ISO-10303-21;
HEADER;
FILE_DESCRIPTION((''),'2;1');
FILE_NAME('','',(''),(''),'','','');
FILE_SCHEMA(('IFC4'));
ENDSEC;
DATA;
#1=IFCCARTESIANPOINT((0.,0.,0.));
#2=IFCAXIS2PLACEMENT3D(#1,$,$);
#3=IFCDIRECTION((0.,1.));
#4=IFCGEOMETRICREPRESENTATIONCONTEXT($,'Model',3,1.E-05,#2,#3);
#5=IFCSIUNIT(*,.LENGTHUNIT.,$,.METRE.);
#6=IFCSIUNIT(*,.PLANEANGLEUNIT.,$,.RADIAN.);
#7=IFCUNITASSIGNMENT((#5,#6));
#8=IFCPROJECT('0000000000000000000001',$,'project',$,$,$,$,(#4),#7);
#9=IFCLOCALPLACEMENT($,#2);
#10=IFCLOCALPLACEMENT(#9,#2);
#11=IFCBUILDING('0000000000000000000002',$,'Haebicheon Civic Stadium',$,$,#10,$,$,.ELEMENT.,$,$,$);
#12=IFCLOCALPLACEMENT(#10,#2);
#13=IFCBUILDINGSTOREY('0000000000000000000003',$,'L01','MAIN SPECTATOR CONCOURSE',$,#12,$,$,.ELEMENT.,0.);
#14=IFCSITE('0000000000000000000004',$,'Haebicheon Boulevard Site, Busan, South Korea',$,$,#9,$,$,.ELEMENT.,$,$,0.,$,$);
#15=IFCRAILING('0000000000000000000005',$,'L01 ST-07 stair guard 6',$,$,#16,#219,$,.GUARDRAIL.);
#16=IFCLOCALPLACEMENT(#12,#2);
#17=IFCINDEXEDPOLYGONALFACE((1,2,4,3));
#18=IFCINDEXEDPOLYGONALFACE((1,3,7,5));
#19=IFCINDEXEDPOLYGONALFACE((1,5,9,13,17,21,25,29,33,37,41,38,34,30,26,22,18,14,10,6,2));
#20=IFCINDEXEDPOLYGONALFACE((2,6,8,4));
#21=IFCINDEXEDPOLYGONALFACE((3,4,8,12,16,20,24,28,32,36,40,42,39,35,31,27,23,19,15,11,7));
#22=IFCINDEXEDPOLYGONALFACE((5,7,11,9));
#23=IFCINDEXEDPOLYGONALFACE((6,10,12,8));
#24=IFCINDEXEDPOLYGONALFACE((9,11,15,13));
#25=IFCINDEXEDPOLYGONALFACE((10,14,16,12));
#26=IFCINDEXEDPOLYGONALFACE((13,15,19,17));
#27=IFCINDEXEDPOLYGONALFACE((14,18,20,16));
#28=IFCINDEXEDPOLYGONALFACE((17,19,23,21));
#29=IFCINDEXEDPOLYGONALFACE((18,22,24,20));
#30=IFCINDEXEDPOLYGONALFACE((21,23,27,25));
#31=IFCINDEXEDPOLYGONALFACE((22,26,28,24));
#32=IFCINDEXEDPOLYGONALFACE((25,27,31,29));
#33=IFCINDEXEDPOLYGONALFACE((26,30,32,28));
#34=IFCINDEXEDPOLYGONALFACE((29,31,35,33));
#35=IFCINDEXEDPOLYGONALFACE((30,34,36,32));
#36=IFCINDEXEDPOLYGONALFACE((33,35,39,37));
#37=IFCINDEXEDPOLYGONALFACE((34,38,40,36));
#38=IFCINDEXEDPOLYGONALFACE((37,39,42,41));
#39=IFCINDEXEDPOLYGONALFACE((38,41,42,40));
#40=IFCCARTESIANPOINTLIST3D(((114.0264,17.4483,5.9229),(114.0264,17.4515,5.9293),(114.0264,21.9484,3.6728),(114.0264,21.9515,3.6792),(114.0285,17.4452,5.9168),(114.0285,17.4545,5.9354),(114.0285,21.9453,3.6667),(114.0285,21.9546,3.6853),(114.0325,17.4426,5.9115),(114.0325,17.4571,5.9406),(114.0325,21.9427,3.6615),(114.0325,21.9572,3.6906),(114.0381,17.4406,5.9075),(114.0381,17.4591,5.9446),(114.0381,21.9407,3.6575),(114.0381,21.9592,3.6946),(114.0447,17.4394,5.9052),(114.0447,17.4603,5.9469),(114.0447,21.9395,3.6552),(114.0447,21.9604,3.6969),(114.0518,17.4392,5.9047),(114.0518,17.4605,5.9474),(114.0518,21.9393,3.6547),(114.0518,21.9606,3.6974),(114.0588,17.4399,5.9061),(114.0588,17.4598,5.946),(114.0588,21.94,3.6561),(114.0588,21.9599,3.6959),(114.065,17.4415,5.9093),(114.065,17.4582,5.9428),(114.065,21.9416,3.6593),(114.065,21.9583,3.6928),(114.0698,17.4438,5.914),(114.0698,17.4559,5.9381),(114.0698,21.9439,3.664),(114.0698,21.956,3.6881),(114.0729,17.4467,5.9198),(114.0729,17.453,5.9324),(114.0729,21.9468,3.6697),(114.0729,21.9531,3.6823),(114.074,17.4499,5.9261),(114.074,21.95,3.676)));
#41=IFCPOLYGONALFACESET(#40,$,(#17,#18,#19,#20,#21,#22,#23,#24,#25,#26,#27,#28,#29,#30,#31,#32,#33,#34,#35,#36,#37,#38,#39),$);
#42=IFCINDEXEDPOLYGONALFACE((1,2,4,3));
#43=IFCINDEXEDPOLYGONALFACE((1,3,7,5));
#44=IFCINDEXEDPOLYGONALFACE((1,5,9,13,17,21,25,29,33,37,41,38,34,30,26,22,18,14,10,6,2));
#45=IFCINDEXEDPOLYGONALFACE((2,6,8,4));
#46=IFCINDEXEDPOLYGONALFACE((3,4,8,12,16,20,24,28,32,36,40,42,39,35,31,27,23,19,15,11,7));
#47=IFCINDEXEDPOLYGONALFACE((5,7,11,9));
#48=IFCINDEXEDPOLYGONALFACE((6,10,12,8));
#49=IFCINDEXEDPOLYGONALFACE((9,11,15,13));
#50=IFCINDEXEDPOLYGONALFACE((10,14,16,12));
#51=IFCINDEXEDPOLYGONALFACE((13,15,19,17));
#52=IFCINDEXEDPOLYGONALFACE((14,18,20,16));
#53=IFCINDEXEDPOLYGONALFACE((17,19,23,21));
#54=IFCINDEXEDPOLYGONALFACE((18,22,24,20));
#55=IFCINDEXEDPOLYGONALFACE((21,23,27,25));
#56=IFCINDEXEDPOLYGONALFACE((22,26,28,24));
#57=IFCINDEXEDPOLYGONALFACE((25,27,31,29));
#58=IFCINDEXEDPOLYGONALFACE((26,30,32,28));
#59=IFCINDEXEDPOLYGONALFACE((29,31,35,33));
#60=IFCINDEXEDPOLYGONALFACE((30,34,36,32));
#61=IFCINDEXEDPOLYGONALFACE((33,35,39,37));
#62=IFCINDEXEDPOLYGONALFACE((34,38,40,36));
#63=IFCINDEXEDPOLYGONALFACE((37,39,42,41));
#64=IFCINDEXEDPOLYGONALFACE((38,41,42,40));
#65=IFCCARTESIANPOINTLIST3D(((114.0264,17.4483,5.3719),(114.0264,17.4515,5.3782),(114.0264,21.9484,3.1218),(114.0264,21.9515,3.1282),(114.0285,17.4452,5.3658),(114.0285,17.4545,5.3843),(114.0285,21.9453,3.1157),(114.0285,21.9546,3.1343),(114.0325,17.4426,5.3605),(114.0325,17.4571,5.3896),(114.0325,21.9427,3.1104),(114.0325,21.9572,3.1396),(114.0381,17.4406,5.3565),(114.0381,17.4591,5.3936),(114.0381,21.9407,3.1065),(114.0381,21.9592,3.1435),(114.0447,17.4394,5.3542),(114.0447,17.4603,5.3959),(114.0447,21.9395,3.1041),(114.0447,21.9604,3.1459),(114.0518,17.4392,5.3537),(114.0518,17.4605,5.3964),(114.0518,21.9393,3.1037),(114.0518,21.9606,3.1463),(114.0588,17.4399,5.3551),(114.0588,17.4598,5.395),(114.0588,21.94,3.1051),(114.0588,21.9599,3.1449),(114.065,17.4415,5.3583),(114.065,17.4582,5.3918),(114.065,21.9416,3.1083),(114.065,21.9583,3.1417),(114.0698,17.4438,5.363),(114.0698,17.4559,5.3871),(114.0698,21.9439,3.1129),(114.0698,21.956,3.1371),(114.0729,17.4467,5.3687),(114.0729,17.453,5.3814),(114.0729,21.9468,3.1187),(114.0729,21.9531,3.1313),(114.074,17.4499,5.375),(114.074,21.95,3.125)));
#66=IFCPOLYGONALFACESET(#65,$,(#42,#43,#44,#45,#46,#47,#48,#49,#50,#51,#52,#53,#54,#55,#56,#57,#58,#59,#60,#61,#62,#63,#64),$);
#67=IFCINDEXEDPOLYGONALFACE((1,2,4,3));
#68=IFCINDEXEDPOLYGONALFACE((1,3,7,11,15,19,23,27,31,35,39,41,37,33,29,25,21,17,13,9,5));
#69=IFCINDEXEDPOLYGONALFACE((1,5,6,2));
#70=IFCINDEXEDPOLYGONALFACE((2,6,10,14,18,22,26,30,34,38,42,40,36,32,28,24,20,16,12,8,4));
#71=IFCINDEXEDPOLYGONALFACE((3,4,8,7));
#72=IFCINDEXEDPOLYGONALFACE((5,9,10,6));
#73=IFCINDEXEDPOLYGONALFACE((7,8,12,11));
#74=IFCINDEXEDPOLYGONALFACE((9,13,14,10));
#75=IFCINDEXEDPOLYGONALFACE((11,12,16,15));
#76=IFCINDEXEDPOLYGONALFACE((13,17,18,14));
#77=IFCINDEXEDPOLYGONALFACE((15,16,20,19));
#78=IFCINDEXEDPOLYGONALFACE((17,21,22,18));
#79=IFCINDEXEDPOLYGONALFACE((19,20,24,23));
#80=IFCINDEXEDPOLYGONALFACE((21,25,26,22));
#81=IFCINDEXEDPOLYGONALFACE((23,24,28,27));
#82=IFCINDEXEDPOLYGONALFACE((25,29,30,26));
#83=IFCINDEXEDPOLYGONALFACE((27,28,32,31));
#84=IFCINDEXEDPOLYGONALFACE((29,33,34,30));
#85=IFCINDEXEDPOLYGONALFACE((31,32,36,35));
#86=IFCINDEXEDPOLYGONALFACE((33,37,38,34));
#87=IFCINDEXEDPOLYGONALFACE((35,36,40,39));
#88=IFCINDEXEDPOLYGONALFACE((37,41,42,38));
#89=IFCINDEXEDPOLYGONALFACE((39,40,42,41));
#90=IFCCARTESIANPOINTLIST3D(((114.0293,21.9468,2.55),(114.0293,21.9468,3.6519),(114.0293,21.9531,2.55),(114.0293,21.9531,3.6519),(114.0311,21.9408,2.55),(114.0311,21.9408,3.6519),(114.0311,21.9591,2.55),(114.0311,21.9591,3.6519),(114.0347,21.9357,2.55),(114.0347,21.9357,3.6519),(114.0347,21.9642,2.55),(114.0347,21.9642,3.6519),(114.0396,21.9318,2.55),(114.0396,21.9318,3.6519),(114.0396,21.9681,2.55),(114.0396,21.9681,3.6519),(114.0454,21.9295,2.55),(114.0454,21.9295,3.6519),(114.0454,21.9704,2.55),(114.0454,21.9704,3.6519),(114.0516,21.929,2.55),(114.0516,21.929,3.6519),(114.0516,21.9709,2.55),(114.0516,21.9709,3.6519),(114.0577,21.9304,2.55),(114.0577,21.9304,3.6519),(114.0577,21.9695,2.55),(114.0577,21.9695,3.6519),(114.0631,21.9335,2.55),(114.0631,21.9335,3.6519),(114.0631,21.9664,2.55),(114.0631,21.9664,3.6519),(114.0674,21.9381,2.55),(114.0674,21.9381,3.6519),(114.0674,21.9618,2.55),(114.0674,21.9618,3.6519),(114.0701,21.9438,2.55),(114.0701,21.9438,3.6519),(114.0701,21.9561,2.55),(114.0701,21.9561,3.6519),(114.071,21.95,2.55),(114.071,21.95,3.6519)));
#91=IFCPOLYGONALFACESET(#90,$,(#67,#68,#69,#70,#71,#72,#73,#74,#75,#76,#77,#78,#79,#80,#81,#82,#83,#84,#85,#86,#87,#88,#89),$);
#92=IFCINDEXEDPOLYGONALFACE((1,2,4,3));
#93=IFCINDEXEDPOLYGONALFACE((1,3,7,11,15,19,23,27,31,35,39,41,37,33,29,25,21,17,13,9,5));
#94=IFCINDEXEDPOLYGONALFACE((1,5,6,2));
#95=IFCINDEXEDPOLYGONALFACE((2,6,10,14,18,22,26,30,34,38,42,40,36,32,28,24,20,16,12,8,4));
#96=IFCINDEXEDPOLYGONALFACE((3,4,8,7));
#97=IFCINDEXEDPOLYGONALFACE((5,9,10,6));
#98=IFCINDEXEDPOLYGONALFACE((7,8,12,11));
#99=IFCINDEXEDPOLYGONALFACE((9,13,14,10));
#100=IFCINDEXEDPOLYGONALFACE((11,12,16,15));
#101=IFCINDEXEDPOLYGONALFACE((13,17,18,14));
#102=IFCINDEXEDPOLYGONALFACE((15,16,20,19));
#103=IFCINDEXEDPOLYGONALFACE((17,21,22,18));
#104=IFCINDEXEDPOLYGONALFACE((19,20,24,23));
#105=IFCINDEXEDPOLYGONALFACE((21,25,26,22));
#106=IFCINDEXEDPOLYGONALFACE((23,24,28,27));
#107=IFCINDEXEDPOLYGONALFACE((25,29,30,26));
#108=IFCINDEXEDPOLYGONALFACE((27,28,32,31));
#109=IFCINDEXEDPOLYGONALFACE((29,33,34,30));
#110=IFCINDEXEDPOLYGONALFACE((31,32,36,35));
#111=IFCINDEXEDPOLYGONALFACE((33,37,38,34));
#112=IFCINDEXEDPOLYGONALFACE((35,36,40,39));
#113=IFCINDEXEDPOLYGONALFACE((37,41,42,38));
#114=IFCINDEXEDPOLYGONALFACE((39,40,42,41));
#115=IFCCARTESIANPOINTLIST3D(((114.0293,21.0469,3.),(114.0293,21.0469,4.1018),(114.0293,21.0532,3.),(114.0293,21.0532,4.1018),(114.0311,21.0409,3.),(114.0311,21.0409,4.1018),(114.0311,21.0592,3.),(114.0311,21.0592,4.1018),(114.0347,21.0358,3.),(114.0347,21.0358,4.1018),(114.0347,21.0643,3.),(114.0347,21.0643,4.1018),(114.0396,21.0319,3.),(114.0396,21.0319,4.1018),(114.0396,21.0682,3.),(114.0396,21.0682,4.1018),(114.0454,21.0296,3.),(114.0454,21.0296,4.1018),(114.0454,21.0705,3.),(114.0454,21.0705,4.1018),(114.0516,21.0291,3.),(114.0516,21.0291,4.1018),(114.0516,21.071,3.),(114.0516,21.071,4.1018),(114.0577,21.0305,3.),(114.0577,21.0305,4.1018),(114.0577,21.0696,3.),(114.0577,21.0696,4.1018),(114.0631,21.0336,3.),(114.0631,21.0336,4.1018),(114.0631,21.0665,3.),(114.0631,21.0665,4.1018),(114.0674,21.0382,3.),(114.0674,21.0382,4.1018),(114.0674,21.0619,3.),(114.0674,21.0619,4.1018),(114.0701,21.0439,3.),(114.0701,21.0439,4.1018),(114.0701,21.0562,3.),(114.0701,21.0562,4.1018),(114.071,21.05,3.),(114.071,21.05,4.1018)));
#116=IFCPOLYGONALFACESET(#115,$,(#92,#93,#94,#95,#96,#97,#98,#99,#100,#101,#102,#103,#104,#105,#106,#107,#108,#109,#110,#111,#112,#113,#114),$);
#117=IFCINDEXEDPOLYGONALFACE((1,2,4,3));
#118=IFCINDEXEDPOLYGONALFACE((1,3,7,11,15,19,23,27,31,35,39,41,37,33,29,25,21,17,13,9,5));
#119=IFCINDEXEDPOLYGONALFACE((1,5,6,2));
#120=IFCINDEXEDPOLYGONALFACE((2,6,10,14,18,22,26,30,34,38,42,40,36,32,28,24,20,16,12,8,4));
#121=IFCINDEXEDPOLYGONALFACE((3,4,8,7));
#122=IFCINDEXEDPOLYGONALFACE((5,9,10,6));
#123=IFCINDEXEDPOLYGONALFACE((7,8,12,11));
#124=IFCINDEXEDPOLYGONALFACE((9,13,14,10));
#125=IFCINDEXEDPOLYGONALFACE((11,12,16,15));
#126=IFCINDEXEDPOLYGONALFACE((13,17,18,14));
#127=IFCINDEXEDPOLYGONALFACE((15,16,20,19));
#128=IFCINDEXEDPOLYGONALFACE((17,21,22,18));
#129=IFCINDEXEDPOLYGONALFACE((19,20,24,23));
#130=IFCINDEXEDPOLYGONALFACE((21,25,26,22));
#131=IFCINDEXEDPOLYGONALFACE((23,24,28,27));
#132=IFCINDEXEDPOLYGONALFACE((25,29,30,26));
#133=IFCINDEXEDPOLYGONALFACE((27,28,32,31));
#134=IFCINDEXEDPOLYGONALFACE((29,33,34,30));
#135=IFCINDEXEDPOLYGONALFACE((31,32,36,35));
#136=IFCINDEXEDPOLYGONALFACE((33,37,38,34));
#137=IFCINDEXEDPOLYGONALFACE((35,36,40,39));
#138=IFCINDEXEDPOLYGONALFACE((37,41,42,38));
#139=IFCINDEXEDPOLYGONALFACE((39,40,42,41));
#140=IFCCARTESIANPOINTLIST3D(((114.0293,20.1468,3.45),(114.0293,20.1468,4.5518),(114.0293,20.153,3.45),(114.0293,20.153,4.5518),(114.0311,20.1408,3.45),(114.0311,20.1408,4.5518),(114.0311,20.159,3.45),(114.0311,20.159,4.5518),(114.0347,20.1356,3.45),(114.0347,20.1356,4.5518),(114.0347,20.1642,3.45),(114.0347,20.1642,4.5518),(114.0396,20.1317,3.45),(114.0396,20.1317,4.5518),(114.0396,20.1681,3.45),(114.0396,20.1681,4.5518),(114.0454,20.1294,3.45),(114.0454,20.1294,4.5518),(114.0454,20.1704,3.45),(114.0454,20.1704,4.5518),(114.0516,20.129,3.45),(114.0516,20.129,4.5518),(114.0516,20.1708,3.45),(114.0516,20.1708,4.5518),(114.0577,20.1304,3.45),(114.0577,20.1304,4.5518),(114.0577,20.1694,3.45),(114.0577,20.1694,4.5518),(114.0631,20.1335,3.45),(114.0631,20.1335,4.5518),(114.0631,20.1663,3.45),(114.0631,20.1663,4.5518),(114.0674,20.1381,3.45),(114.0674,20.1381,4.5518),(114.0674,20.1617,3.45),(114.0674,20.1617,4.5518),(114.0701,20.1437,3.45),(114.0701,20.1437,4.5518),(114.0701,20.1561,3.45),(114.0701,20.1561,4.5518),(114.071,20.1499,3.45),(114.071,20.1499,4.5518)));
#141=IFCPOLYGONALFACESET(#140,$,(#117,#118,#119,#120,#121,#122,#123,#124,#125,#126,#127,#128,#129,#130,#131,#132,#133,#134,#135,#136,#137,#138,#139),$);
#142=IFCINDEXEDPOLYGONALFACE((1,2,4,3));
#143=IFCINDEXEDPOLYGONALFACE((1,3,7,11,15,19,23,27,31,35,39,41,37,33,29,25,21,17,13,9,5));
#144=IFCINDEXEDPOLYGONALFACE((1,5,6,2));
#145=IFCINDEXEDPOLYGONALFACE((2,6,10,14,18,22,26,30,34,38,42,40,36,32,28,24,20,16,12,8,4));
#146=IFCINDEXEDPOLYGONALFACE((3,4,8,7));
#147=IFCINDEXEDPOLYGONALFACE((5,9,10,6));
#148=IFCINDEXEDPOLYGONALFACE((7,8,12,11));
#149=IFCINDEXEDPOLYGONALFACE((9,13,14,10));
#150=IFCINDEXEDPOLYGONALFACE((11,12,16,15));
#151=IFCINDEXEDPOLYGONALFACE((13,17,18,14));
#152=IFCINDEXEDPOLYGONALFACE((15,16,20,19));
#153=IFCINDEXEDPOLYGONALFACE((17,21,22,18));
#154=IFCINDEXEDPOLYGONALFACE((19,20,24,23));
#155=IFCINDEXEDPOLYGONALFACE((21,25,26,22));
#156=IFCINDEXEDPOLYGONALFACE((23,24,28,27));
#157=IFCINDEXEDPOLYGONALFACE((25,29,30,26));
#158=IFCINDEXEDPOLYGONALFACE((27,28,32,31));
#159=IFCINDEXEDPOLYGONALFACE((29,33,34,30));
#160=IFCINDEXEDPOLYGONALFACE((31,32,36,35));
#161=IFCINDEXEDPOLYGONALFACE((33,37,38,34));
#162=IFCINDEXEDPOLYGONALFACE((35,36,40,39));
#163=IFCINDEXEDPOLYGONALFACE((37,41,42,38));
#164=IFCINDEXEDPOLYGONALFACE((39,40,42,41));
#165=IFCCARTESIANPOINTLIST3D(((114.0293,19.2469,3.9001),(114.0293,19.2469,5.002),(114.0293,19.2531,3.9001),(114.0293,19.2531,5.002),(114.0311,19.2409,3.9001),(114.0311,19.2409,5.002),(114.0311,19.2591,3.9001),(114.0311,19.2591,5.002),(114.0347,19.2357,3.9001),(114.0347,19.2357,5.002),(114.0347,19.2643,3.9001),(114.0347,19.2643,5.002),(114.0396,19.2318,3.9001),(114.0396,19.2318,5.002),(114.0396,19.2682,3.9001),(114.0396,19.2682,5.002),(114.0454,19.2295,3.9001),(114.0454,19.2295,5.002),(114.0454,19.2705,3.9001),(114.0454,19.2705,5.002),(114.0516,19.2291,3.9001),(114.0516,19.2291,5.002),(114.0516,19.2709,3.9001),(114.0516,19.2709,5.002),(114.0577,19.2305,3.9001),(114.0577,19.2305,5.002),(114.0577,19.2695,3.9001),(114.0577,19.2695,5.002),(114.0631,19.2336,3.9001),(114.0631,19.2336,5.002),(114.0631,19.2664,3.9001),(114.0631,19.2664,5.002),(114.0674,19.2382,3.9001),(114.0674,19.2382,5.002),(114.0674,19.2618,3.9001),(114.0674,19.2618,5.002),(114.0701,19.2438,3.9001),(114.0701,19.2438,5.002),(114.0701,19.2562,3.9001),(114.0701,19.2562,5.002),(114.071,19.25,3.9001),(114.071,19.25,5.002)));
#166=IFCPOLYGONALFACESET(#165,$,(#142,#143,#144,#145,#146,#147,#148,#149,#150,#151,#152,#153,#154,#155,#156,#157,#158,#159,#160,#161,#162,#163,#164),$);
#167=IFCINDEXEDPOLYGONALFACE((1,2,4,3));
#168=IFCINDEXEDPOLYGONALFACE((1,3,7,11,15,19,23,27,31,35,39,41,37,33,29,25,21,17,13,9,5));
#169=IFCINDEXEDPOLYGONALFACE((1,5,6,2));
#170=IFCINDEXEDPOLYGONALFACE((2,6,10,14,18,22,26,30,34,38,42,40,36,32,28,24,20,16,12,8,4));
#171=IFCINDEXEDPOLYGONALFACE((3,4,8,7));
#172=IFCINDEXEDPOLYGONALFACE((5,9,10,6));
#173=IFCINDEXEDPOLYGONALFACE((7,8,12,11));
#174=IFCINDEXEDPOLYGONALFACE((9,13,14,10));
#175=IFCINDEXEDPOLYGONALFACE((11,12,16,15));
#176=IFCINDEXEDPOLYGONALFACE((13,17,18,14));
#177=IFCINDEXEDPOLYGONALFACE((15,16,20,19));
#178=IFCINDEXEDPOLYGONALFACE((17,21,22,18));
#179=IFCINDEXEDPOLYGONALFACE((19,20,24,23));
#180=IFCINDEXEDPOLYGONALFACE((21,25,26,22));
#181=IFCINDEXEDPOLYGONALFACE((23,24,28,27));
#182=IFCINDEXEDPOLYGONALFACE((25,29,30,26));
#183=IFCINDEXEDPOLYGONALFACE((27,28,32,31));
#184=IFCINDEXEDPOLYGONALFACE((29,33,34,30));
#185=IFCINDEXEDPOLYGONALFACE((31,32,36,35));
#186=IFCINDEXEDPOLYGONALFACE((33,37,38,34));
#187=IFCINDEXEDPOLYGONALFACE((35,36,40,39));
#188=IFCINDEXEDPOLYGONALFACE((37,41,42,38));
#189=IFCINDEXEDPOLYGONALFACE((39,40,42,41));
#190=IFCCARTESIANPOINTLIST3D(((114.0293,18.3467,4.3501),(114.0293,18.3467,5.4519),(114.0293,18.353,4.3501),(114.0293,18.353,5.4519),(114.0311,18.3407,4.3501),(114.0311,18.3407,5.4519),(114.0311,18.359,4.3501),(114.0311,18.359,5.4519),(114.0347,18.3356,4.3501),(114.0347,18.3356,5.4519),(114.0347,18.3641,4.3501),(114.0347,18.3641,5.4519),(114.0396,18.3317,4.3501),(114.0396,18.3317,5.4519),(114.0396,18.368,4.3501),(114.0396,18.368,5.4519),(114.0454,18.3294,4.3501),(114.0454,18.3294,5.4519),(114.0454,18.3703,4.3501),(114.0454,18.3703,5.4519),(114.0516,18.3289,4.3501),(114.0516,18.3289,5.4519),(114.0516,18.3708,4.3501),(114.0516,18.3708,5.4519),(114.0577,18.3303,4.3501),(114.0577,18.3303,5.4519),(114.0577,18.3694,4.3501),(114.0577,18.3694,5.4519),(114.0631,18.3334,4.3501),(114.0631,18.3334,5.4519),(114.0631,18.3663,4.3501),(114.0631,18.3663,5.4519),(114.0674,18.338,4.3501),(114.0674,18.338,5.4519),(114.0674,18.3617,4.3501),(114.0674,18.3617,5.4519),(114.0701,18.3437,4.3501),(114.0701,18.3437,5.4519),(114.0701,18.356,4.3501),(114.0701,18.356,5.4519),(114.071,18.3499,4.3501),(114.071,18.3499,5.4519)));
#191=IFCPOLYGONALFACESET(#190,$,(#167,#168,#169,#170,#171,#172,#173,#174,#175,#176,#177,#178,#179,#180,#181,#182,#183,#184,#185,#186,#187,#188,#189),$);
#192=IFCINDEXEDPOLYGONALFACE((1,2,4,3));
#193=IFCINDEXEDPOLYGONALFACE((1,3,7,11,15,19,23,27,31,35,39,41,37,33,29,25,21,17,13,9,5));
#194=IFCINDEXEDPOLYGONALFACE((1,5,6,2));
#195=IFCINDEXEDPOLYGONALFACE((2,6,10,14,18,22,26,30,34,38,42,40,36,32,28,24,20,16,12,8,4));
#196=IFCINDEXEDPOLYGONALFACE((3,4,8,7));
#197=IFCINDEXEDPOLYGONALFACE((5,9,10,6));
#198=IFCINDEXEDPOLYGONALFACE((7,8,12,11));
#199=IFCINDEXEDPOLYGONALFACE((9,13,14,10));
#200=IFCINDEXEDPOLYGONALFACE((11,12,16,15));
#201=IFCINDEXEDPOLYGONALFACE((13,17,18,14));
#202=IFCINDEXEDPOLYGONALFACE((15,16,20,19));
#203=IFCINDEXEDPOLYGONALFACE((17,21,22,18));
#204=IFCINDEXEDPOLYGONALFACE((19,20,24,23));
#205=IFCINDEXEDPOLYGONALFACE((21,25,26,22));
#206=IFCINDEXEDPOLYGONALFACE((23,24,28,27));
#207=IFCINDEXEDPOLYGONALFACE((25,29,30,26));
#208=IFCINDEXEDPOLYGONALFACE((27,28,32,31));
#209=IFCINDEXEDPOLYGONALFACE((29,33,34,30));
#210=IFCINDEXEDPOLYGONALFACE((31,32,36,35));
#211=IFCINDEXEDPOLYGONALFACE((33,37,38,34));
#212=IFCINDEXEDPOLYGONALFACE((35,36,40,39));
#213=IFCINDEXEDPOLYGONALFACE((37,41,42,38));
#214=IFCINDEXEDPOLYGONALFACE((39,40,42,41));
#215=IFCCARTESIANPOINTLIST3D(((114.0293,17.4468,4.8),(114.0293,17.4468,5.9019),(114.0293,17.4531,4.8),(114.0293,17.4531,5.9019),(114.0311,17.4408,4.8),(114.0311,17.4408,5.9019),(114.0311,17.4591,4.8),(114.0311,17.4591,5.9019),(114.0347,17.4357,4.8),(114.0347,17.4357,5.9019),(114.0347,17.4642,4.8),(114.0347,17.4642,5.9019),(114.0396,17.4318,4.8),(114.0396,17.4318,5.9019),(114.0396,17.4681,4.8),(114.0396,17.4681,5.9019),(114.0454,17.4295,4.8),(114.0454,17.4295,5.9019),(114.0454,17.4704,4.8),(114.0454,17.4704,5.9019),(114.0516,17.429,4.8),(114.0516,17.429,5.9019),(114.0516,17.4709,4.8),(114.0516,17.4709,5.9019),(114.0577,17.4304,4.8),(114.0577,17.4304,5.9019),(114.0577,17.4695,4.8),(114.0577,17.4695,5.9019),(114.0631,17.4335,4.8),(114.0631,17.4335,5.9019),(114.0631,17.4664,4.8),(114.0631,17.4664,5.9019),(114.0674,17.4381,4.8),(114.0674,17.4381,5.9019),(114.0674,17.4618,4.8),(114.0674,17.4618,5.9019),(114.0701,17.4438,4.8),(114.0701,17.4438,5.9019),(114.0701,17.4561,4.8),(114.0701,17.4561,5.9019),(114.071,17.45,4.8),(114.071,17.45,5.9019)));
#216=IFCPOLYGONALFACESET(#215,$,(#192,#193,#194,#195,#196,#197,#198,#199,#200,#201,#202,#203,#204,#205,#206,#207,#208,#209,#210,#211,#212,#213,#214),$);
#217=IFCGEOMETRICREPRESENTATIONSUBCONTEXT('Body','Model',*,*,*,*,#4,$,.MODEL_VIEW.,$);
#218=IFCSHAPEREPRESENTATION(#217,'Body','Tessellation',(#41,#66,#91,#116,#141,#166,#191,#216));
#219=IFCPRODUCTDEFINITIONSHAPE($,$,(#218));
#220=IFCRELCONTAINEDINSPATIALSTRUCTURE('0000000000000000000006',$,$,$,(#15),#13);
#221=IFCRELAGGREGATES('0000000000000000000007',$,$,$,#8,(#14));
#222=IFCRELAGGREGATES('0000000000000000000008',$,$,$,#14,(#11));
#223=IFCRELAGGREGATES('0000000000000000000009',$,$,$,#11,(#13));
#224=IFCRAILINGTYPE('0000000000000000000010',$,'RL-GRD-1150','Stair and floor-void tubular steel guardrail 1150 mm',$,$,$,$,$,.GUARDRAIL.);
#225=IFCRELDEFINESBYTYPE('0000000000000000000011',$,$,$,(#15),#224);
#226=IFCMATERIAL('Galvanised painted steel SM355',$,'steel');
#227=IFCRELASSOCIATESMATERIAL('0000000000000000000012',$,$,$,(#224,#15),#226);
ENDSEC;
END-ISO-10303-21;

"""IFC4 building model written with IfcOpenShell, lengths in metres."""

from ifc_helpers import new_model, si_unit, direction, frame, origin, origin_2d, place, context, subcontext, project, spatial, circle, extrude, material, type_object, element, save


model = new_model("IFC4")

# Units and contexts
model_context = context("Model", 3, precision=1e-05, world=origin(), true_north=direction((0.0, 1.0)))
body_context = subcontext(model_context, "Body", "Model", "MODEL_VIEW")
ifc_project = project(units=[si_unit("LENGTHUNIT", "METRE"), si_unit("PLANEANGLEUNIT", "RADIAN")], contexts=[model_context])

# Site, building, storey
site_placement = place(None, origin())
site = spatial("IfcSite", under=ifc_project, at=site_placement, Name="Haebicheon Boulevard Site, Busan, South Korea", CompositionType="ELEMENT", RefElevation=0.0)
building_placement = place(site_placement, origin())
building = spatial("IfcBuilding", under=site, at=building_placement, Name="Haebicheon Civic Stadium", CompositionType="ELEMENT")
storey_placement = place(building_placement, origin())
storey = spatial("IfcBuildingStorey", under=building, at=storey_placement, Name="L01", Description="MAIN SPECTATOR CONCOURSE", CompositionType="ELEMENT", Elevation=0.0)

# Railing
ifc_material_1 = material(Name="Galvanised painted steel SM355", Category="steel")
railing_type_1 = type_object("IfcRailingType", Name="RL-GRD-1150", Description="Stair and floor-void tubular steel guardrail 1150 mm", PredefinedType="GUARDRAIL", material=ifc_material_1)
railing_1_placement = place(storey_placement, frame((114.05, 21.95, 2.55)))
element("IfcRailing", 1, at=railing_1_placement, inside=storey, type_object=railing_type_1, material=ifc_material_1, Name="L01 ST-07 stair guard 6", PredefinedType="GUARDRAIL", context=body_context, shape_type="SweptSolid", body=[
    extrude(circle(Radius=0.0239, at=origin_2d()), frame((0.0, 0.0, 1.126), z_axis=(0.0, -0.894427, 0.447214), x_axis=(1.0, 0.0, 0.0)), (0.0, 0.0, 1.0), 5.0312),
    extrude(circle(Radius=0.0239, at=origin_2d()), frame((0.0, 0.0, 0.575), z_axis=(0.0, -0.894427, 0.447214), x_axis=(1.0, 0.0, 0.0)), (0.0, 0.0, 1.0), 5.0312),
    extrude(circle(Radius=0.021, at=origin_2d()), origin(), (0.0, 0.0, 1.0), 1.1018),
    extrude(circle(Radius=0.021, at=origin_2d()), frame((0.0, -0.8999, 0.45)), (0.0, 0.0, 1.0), 1.1018),
    extrude(circle(Radius=0.021, at=origin_2d()), frame((0.0, -1.8, 0.8999)), (0.0, 0.0, 1.0), 1.1018),
    extrude(circle(Radius=0.021, at=origin_2d()), frame((0.0, -2.7, 1.3501)), (0.0, 0.0, 1.0), 1.1018),
    extrude(circle(Radius=0.021, at=origin_2d()), frame((0.0, -3.6001, 1.8)), (0.0, 0.0, 1.0), 1.1018),
    extrude(circle(Radius=0.021, at=origin_2d()), frame((0.0, -4.5, 2.25)), (0.0, 0.0, 1.0), 1.1018),
])

save(model, "model.ifc")
